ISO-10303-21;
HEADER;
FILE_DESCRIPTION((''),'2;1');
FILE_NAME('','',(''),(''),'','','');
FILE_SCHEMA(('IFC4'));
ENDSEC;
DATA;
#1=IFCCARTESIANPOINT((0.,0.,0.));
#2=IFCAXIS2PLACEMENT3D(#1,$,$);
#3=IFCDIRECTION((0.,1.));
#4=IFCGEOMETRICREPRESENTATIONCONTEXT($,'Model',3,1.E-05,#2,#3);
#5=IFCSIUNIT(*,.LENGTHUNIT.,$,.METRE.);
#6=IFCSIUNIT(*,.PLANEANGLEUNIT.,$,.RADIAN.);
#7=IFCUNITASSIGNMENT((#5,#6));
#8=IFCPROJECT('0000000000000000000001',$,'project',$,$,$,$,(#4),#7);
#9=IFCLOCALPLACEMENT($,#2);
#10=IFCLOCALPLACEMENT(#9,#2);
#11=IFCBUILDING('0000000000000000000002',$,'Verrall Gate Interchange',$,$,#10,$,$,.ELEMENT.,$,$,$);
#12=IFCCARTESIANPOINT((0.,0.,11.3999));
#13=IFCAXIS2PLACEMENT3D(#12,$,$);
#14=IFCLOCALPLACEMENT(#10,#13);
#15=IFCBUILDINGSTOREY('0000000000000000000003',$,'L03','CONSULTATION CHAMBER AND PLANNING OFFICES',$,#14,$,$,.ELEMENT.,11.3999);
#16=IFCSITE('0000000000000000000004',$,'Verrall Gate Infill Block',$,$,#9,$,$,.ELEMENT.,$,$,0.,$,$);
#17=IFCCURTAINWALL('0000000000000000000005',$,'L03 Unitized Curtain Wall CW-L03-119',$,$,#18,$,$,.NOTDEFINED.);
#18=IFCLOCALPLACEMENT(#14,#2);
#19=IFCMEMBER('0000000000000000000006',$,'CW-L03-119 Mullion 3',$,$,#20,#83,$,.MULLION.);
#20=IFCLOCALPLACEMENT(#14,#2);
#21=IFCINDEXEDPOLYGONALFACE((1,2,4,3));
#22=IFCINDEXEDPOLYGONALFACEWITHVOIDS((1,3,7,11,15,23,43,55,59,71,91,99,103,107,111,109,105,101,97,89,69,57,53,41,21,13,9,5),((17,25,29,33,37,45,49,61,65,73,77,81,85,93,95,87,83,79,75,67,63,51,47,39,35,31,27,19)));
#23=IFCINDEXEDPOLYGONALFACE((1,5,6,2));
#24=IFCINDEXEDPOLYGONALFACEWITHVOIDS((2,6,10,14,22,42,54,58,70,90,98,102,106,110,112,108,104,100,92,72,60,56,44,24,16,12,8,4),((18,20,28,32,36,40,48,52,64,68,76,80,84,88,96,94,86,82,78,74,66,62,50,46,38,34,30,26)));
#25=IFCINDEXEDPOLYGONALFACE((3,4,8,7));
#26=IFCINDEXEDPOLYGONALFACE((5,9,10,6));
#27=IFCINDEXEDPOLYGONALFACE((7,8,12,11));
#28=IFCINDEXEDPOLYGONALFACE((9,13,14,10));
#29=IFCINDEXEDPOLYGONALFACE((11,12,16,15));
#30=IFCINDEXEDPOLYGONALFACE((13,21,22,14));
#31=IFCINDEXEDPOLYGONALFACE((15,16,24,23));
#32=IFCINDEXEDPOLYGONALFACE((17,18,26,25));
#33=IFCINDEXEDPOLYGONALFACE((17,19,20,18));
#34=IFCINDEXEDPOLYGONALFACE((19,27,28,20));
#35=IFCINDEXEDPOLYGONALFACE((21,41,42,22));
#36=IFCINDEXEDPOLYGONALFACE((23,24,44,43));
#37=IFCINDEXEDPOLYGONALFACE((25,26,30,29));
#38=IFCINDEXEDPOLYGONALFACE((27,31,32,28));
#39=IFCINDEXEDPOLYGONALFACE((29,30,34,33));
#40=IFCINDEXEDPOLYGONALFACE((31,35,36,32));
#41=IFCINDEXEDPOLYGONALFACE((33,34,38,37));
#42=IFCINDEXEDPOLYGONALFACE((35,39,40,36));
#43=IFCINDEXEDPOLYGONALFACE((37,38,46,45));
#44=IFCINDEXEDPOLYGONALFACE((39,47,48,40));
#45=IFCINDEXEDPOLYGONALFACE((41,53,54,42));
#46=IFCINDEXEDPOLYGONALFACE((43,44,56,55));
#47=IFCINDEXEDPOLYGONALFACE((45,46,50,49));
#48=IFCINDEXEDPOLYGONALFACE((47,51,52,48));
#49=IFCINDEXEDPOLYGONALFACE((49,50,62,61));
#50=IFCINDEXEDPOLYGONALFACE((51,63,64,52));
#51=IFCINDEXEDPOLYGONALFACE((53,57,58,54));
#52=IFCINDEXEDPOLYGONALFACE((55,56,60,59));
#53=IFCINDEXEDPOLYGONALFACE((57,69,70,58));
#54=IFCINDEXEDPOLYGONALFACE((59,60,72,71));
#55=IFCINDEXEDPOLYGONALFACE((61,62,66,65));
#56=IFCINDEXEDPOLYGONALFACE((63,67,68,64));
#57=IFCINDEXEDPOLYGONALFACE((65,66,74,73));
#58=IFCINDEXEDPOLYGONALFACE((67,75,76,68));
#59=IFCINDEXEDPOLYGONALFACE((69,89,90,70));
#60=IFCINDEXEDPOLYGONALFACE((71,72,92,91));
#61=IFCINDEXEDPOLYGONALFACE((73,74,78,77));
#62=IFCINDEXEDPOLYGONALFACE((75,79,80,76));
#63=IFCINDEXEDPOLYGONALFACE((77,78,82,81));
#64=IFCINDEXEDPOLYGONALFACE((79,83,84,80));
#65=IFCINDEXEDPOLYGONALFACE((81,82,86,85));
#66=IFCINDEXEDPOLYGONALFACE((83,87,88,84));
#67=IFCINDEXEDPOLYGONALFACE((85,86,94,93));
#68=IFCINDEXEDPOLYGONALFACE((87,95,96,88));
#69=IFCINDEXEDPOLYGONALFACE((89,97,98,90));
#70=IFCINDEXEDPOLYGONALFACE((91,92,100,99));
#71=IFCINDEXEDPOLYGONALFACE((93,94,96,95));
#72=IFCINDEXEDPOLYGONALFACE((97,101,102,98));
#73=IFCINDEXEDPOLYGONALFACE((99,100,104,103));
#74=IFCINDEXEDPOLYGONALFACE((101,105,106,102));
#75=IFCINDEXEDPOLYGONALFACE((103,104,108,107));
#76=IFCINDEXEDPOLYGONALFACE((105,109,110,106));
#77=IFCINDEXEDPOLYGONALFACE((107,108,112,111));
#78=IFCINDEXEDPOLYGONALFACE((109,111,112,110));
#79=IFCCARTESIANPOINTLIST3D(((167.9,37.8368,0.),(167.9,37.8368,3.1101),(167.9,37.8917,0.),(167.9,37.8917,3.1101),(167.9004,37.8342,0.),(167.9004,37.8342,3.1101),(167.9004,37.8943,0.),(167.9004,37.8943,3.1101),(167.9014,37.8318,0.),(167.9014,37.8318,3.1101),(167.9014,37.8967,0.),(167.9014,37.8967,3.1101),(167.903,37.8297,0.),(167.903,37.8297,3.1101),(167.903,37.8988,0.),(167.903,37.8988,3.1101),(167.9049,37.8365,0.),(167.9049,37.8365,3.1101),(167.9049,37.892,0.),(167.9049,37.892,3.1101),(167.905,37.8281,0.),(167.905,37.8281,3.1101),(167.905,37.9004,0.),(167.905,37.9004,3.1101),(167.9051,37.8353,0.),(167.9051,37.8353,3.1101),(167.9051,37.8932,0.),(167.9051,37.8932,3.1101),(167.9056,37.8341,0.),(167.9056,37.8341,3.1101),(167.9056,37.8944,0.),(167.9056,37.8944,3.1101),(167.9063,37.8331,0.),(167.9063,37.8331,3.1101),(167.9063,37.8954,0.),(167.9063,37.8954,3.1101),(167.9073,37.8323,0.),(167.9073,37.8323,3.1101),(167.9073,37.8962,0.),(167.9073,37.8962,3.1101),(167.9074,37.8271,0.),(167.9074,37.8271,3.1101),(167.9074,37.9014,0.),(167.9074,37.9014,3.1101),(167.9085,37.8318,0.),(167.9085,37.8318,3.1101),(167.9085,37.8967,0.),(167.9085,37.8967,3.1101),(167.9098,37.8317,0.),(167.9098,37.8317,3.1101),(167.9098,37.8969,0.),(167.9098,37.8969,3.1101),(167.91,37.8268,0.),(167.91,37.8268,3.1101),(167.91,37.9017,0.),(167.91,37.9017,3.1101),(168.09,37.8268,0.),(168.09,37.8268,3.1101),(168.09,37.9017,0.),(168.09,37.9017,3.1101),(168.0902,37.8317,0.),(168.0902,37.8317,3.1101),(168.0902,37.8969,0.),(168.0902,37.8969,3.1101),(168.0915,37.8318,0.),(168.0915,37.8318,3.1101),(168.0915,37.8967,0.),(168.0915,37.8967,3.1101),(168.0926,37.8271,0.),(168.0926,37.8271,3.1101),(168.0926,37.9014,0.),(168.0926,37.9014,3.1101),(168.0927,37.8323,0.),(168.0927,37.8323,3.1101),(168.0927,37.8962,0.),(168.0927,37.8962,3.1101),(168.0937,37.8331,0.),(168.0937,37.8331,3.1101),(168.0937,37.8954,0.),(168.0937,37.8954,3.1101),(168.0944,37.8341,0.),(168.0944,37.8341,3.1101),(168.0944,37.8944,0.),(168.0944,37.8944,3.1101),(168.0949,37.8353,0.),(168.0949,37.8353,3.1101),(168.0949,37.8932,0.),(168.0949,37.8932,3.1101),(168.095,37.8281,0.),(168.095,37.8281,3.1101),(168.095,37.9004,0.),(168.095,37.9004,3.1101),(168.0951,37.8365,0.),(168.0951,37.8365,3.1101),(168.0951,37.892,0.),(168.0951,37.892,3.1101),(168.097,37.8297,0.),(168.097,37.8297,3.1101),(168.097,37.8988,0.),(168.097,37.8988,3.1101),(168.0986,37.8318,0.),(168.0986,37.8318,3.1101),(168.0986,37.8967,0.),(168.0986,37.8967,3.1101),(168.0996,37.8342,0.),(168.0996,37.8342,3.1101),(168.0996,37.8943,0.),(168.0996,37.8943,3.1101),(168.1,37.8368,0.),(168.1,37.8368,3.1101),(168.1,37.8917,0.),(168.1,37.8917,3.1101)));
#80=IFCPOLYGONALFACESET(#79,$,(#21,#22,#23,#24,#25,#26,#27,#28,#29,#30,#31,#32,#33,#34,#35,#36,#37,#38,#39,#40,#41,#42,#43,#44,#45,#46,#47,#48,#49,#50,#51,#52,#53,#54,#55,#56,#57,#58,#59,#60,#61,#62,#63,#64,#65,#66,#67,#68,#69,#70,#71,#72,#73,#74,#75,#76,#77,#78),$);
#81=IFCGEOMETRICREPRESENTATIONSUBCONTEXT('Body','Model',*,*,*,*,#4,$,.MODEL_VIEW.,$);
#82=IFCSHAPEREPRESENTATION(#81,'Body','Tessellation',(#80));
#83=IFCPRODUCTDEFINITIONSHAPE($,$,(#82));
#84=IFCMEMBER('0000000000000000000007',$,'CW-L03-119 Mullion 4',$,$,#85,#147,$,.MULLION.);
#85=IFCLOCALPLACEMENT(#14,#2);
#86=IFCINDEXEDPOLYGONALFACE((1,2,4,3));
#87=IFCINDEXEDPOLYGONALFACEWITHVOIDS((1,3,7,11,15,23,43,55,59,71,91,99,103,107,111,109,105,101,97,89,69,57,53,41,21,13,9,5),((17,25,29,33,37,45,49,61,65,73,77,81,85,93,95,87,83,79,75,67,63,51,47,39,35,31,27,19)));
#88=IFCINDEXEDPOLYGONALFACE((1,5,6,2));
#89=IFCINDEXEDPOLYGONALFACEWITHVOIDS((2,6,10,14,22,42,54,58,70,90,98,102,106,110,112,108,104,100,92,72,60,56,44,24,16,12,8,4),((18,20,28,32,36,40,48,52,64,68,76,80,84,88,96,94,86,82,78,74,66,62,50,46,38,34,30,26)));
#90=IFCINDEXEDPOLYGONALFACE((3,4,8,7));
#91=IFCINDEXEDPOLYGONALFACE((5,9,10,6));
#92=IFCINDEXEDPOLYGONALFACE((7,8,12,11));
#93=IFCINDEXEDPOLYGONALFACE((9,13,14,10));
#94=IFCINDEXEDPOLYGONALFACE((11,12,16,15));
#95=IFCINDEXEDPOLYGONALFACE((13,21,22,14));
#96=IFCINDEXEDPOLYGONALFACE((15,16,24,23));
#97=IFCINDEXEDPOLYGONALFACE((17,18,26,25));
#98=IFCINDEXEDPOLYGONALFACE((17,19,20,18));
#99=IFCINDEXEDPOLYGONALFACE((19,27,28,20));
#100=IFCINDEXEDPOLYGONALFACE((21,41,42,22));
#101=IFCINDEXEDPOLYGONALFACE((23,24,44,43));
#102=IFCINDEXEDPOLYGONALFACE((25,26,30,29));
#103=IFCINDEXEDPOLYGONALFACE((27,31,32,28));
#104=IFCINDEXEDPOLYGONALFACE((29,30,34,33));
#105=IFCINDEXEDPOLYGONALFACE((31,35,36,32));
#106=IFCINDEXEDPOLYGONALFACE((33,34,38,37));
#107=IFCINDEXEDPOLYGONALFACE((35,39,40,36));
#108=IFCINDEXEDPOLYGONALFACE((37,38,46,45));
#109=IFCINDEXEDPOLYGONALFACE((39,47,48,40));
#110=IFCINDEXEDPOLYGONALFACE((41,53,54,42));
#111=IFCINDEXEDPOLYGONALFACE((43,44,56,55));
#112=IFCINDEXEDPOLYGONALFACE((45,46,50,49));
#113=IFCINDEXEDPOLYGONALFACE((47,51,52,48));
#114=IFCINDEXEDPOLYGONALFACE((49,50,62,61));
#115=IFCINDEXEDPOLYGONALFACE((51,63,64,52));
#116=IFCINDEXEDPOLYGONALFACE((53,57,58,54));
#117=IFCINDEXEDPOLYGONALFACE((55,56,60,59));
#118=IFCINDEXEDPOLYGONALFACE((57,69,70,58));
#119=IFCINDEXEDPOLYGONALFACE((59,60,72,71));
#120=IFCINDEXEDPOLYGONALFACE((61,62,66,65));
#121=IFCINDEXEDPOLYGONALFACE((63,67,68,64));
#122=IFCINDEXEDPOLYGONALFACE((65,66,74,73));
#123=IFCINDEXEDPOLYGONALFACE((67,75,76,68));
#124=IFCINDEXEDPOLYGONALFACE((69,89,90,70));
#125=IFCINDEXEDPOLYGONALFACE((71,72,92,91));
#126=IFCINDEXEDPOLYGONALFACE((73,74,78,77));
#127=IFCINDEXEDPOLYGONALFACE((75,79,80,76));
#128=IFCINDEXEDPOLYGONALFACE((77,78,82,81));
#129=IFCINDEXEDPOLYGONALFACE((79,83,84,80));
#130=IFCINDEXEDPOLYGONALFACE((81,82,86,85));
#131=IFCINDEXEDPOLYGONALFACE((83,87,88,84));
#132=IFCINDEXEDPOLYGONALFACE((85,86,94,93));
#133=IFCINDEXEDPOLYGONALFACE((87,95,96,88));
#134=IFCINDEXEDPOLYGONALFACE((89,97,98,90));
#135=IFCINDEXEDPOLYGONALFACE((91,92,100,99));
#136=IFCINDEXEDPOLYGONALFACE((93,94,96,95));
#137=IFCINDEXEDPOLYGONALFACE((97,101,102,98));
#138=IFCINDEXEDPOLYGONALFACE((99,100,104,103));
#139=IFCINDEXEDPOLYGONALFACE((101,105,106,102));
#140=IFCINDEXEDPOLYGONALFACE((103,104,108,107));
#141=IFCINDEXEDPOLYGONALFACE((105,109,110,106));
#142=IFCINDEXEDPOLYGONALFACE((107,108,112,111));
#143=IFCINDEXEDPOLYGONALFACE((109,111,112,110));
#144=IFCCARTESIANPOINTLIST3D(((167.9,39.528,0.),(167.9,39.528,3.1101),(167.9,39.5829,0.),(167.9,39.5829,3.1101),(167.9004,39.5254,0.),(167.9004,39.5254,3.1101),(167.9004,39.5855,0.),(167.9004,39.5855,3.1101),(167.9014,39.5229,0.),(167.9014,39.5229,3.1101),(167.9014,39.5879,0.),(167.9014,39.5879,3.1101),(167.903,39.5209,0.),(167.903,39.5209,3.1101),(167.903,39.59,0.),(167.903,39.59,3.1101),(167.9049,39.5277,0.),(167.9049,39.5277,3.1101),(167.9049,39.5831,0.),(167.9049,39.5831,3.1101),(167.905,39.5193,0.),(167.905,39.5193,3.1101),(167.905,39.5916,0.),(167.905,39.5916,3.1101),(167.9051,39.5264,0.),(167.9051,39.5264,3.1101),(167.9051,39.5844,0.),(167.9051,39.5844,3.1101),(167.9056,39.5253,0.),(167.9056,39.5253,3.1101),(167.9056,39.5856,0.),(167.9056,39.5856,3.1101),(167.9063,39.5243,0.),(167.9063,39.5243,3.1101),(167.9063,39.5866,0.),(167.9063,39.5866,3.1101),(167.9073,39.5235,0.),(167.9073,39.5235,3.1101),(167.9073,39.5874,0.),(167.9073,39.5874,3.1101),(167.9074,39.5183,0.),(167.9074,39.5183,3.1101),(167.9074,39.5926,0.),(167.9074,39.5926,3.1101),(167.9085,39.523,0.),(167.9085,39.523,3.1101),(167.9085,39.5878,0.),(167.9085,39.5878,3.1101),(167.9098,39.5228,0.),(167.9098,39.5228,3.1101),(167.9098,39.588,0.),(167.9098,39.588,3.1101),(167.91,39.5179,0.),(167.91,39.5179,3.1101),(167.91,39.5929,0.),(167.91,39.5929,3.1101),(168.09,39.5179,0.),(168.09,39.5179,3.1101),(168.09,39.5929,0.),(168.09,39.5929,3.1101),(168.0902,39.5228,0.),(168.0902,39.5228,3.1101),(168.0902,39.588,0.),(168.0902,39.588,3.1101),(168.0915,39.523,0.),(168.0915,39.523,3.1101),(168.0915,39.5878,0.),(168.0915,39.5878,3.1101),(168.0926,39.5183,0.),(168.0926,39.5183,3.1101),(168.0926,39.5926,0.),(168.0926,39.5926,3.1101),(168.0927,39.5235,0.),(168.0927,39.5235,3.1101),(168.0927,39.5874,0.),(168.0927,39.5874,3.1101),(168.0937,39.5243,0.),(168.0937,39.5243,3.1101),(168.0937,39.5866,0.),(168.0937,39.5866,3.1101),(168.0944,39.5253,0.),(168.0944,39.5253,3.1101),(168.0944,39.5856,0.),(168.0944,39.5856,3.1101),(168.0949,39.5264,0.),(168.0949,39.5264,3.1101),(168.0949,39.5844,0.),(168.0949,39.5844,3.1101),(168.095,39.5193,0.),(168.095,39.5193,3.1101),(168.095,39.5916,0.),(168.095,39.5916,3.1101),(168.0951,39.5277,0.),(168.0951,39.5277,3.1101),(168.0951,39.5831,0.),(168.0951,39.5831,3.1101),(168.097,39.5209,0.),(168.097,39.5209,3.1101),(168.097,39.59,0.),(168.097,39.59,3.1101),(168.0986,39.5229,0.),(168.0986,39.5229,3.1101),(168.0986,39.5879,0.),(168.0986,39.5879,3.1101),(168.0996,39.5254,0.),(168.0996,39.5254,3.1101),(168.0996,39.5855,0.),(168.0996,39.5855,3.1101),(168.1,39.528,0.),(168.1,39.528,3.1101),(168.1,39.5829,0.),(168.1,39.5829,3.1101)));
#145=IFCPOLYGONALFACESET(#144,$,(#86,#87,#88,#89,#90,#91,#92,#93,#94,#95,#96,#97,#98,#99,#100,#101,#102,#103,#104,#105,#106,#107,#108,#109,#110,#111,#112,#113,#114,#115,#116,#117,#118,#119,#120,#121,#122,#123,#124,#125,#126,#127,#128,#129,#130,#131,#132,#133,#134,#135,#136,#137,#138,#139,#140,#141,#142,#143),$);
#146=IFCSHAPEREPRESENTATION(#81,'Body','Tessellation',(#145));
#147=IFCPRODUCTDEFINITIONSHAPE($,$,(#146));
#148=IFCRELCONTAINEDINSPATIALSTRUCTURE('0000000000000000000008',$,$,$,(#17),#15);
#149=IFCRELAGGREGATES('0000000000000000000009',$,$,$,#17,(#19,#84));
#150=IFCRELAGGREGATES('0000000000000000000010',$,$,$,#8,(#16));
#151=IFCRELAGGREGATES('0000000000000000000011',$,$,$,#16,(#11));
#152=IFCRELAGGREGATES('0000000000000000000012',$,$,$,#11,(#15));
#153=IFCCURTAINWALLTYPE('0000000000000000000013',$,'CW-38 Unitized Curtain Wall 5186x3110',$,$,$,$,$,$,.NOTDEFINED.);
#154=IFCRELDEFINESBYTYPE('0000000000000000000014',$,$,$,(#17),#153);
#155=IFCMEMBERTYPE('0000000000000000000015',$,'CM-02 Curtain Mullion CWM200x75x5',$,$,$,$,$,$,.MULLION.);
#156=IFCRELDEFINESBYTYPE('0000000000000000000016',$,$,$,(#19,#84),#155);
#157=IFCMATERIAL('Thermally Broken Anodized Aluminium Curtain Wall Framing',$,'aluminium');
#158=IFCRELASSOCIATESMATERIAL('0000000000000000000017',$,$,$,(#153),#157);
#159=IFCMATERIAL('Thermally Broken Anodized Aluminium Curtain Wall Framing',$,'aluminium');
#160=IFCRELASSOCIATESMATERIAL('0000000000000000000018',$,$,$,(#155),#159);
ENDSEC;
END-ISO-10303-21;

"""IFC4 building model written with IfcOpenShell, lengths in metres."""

from ifc_helpers import new_model, si_unit, direction, frame, origin, origin_2d, place, context, subcontext, project, spatial, hollow_rectangle, extrude, material, material_profile, profile_set, type_object, element, aggregate, save


model = new_model("IFC4")

# Units and contexts
model_context = context("Model", 3, precision=1e-05, world=origin(), true_north=direction((0.0, 1.0)))
body_context = subcontext(model_context, "Body", "Model", "MODEL_VIEW")
ifc_project = project(units=[si_unit("LENGTHUNIT", "METRE"), si_unit("PLANEANGLEUNIT", "RADIAN")], contexts=[model_context])

# Site, building, storey
site_placement = place(None, origin())
site = spatial("IfcSite", under=ifc_project, at=site_placement, Name="Verrall Gate Infill Block", CompositionType="ELEMENT", RefElevation=0.0)
building_placement = place(site_placement, origin())
building = spatial("IfcBuilding", under=site, at=building_placement, Name="Verrall Gate Interchange", CompositionType="ELEMENT")
storey_placement = place(building_placement, frame((0.0, 0.0, 11.3999)))
storey = spatial("IfcBuildingStorey", under=building, at=storey_placement, Name="L03", Description="CONSULTATION CHAMBER AND PLANNING OFFICES", CompositionType="ELEMENT", Elevation=11.3999)

# Curtain wall, members
ifc_material_1 = material(Name="Thermally Broken Anodized Aluminium Curtain Wall Framing", Category="aluminium")
curtain_wall_type_1 = type_object("IfcCurtainWallType", Name="CW-38 Unitized Curtain Wall 5186x3110", PredefinedType="NOTDEFINED", material=ifc_material_1)
curtain_wall_1_placement = place(storey_placement, origin())
curtain_wall_1 = element("IfcCurtainWall", 1, at=curtain_wall_1_placement, inside=storey, type_object=curtain_wall_type_1, Name="L03 Unitized Curtain Wall CW-L03-119", PredefinedType="NOTDEFINED")
ifc_material_2 = material(Name="Thermally Broken Anodized Aluminium Curtain Wall Framing", Category="aluminium")
ifc_material_profile_1 = material_profile(ifc_material_2, hollow_rectangle(XDim=0.075, YDim=0.2, WallThickness=0.0049, InnerFilletRadius=0.0049, OuterFilletRadius=0.01, at=origin_2d()), Name="CWM200x75x5")
ifc_profile_set_1 = profile_set([ifc_material_profile_1], Name="Thermally Broken Anodized Aluminium Curtain Wall Framing")
member_type_1 = type_object("IfcMemberType", Name="CM-02 Curtain Mullion CWM200x75x5", PredefinedType="MULLION", material=ifc_profile_set_1)
member_1_placement = place(storey_placement, frame((168.0, 37.8643, 0.0), z_axis=(0.0, 0.0, 1.0), x_axis=(0.0, 1.0, 0.0)))
member_1 = element("IfcMember", 2, at=member_1_placement, type_object=member_type_1, Name="CW-L03-119 Mullion 3", PredefinedType="MULLION", context=body_context, shape_type="SweptSolid", body=[
    extrude(hollow_rectangle(XDim=0.075, YDim=0.2, WallThickness=0.0049, InnerFilletRadius=0.0049, OuterFilletRadius=0.01, at=origin_2d()), origin(), (0.0, 0.0, 1.0), 3.1101),
])
member_2_placement = place(storey_placement, frame((168.0, 39.5554, 0.0), z_axis=(0.0, 0.0, 1.0), x_axis=(0.0, 1.0, 0.0)))
member_2 = element("IfcMember", 3, at=member_2_placement, type_object=member_type_1, Name="CW-L03-119 Mullion 4", PredefinedType="MULLION", context=body_context, shape_type="SweptSolid", body=[
    extrude(hollow_rectangle(XDim=0.075, YDim=0.2, WallThickness=0.0049, InnerFilletRadius=0.0049, OuterFilletRadius=0.01, at=origin_2d()), origin(), (0.0, 0.0, 1.0), 3.1101),
])

aggregate(curtain_wall_1, [member_1, member_2])

save(model, "model.ifc")
